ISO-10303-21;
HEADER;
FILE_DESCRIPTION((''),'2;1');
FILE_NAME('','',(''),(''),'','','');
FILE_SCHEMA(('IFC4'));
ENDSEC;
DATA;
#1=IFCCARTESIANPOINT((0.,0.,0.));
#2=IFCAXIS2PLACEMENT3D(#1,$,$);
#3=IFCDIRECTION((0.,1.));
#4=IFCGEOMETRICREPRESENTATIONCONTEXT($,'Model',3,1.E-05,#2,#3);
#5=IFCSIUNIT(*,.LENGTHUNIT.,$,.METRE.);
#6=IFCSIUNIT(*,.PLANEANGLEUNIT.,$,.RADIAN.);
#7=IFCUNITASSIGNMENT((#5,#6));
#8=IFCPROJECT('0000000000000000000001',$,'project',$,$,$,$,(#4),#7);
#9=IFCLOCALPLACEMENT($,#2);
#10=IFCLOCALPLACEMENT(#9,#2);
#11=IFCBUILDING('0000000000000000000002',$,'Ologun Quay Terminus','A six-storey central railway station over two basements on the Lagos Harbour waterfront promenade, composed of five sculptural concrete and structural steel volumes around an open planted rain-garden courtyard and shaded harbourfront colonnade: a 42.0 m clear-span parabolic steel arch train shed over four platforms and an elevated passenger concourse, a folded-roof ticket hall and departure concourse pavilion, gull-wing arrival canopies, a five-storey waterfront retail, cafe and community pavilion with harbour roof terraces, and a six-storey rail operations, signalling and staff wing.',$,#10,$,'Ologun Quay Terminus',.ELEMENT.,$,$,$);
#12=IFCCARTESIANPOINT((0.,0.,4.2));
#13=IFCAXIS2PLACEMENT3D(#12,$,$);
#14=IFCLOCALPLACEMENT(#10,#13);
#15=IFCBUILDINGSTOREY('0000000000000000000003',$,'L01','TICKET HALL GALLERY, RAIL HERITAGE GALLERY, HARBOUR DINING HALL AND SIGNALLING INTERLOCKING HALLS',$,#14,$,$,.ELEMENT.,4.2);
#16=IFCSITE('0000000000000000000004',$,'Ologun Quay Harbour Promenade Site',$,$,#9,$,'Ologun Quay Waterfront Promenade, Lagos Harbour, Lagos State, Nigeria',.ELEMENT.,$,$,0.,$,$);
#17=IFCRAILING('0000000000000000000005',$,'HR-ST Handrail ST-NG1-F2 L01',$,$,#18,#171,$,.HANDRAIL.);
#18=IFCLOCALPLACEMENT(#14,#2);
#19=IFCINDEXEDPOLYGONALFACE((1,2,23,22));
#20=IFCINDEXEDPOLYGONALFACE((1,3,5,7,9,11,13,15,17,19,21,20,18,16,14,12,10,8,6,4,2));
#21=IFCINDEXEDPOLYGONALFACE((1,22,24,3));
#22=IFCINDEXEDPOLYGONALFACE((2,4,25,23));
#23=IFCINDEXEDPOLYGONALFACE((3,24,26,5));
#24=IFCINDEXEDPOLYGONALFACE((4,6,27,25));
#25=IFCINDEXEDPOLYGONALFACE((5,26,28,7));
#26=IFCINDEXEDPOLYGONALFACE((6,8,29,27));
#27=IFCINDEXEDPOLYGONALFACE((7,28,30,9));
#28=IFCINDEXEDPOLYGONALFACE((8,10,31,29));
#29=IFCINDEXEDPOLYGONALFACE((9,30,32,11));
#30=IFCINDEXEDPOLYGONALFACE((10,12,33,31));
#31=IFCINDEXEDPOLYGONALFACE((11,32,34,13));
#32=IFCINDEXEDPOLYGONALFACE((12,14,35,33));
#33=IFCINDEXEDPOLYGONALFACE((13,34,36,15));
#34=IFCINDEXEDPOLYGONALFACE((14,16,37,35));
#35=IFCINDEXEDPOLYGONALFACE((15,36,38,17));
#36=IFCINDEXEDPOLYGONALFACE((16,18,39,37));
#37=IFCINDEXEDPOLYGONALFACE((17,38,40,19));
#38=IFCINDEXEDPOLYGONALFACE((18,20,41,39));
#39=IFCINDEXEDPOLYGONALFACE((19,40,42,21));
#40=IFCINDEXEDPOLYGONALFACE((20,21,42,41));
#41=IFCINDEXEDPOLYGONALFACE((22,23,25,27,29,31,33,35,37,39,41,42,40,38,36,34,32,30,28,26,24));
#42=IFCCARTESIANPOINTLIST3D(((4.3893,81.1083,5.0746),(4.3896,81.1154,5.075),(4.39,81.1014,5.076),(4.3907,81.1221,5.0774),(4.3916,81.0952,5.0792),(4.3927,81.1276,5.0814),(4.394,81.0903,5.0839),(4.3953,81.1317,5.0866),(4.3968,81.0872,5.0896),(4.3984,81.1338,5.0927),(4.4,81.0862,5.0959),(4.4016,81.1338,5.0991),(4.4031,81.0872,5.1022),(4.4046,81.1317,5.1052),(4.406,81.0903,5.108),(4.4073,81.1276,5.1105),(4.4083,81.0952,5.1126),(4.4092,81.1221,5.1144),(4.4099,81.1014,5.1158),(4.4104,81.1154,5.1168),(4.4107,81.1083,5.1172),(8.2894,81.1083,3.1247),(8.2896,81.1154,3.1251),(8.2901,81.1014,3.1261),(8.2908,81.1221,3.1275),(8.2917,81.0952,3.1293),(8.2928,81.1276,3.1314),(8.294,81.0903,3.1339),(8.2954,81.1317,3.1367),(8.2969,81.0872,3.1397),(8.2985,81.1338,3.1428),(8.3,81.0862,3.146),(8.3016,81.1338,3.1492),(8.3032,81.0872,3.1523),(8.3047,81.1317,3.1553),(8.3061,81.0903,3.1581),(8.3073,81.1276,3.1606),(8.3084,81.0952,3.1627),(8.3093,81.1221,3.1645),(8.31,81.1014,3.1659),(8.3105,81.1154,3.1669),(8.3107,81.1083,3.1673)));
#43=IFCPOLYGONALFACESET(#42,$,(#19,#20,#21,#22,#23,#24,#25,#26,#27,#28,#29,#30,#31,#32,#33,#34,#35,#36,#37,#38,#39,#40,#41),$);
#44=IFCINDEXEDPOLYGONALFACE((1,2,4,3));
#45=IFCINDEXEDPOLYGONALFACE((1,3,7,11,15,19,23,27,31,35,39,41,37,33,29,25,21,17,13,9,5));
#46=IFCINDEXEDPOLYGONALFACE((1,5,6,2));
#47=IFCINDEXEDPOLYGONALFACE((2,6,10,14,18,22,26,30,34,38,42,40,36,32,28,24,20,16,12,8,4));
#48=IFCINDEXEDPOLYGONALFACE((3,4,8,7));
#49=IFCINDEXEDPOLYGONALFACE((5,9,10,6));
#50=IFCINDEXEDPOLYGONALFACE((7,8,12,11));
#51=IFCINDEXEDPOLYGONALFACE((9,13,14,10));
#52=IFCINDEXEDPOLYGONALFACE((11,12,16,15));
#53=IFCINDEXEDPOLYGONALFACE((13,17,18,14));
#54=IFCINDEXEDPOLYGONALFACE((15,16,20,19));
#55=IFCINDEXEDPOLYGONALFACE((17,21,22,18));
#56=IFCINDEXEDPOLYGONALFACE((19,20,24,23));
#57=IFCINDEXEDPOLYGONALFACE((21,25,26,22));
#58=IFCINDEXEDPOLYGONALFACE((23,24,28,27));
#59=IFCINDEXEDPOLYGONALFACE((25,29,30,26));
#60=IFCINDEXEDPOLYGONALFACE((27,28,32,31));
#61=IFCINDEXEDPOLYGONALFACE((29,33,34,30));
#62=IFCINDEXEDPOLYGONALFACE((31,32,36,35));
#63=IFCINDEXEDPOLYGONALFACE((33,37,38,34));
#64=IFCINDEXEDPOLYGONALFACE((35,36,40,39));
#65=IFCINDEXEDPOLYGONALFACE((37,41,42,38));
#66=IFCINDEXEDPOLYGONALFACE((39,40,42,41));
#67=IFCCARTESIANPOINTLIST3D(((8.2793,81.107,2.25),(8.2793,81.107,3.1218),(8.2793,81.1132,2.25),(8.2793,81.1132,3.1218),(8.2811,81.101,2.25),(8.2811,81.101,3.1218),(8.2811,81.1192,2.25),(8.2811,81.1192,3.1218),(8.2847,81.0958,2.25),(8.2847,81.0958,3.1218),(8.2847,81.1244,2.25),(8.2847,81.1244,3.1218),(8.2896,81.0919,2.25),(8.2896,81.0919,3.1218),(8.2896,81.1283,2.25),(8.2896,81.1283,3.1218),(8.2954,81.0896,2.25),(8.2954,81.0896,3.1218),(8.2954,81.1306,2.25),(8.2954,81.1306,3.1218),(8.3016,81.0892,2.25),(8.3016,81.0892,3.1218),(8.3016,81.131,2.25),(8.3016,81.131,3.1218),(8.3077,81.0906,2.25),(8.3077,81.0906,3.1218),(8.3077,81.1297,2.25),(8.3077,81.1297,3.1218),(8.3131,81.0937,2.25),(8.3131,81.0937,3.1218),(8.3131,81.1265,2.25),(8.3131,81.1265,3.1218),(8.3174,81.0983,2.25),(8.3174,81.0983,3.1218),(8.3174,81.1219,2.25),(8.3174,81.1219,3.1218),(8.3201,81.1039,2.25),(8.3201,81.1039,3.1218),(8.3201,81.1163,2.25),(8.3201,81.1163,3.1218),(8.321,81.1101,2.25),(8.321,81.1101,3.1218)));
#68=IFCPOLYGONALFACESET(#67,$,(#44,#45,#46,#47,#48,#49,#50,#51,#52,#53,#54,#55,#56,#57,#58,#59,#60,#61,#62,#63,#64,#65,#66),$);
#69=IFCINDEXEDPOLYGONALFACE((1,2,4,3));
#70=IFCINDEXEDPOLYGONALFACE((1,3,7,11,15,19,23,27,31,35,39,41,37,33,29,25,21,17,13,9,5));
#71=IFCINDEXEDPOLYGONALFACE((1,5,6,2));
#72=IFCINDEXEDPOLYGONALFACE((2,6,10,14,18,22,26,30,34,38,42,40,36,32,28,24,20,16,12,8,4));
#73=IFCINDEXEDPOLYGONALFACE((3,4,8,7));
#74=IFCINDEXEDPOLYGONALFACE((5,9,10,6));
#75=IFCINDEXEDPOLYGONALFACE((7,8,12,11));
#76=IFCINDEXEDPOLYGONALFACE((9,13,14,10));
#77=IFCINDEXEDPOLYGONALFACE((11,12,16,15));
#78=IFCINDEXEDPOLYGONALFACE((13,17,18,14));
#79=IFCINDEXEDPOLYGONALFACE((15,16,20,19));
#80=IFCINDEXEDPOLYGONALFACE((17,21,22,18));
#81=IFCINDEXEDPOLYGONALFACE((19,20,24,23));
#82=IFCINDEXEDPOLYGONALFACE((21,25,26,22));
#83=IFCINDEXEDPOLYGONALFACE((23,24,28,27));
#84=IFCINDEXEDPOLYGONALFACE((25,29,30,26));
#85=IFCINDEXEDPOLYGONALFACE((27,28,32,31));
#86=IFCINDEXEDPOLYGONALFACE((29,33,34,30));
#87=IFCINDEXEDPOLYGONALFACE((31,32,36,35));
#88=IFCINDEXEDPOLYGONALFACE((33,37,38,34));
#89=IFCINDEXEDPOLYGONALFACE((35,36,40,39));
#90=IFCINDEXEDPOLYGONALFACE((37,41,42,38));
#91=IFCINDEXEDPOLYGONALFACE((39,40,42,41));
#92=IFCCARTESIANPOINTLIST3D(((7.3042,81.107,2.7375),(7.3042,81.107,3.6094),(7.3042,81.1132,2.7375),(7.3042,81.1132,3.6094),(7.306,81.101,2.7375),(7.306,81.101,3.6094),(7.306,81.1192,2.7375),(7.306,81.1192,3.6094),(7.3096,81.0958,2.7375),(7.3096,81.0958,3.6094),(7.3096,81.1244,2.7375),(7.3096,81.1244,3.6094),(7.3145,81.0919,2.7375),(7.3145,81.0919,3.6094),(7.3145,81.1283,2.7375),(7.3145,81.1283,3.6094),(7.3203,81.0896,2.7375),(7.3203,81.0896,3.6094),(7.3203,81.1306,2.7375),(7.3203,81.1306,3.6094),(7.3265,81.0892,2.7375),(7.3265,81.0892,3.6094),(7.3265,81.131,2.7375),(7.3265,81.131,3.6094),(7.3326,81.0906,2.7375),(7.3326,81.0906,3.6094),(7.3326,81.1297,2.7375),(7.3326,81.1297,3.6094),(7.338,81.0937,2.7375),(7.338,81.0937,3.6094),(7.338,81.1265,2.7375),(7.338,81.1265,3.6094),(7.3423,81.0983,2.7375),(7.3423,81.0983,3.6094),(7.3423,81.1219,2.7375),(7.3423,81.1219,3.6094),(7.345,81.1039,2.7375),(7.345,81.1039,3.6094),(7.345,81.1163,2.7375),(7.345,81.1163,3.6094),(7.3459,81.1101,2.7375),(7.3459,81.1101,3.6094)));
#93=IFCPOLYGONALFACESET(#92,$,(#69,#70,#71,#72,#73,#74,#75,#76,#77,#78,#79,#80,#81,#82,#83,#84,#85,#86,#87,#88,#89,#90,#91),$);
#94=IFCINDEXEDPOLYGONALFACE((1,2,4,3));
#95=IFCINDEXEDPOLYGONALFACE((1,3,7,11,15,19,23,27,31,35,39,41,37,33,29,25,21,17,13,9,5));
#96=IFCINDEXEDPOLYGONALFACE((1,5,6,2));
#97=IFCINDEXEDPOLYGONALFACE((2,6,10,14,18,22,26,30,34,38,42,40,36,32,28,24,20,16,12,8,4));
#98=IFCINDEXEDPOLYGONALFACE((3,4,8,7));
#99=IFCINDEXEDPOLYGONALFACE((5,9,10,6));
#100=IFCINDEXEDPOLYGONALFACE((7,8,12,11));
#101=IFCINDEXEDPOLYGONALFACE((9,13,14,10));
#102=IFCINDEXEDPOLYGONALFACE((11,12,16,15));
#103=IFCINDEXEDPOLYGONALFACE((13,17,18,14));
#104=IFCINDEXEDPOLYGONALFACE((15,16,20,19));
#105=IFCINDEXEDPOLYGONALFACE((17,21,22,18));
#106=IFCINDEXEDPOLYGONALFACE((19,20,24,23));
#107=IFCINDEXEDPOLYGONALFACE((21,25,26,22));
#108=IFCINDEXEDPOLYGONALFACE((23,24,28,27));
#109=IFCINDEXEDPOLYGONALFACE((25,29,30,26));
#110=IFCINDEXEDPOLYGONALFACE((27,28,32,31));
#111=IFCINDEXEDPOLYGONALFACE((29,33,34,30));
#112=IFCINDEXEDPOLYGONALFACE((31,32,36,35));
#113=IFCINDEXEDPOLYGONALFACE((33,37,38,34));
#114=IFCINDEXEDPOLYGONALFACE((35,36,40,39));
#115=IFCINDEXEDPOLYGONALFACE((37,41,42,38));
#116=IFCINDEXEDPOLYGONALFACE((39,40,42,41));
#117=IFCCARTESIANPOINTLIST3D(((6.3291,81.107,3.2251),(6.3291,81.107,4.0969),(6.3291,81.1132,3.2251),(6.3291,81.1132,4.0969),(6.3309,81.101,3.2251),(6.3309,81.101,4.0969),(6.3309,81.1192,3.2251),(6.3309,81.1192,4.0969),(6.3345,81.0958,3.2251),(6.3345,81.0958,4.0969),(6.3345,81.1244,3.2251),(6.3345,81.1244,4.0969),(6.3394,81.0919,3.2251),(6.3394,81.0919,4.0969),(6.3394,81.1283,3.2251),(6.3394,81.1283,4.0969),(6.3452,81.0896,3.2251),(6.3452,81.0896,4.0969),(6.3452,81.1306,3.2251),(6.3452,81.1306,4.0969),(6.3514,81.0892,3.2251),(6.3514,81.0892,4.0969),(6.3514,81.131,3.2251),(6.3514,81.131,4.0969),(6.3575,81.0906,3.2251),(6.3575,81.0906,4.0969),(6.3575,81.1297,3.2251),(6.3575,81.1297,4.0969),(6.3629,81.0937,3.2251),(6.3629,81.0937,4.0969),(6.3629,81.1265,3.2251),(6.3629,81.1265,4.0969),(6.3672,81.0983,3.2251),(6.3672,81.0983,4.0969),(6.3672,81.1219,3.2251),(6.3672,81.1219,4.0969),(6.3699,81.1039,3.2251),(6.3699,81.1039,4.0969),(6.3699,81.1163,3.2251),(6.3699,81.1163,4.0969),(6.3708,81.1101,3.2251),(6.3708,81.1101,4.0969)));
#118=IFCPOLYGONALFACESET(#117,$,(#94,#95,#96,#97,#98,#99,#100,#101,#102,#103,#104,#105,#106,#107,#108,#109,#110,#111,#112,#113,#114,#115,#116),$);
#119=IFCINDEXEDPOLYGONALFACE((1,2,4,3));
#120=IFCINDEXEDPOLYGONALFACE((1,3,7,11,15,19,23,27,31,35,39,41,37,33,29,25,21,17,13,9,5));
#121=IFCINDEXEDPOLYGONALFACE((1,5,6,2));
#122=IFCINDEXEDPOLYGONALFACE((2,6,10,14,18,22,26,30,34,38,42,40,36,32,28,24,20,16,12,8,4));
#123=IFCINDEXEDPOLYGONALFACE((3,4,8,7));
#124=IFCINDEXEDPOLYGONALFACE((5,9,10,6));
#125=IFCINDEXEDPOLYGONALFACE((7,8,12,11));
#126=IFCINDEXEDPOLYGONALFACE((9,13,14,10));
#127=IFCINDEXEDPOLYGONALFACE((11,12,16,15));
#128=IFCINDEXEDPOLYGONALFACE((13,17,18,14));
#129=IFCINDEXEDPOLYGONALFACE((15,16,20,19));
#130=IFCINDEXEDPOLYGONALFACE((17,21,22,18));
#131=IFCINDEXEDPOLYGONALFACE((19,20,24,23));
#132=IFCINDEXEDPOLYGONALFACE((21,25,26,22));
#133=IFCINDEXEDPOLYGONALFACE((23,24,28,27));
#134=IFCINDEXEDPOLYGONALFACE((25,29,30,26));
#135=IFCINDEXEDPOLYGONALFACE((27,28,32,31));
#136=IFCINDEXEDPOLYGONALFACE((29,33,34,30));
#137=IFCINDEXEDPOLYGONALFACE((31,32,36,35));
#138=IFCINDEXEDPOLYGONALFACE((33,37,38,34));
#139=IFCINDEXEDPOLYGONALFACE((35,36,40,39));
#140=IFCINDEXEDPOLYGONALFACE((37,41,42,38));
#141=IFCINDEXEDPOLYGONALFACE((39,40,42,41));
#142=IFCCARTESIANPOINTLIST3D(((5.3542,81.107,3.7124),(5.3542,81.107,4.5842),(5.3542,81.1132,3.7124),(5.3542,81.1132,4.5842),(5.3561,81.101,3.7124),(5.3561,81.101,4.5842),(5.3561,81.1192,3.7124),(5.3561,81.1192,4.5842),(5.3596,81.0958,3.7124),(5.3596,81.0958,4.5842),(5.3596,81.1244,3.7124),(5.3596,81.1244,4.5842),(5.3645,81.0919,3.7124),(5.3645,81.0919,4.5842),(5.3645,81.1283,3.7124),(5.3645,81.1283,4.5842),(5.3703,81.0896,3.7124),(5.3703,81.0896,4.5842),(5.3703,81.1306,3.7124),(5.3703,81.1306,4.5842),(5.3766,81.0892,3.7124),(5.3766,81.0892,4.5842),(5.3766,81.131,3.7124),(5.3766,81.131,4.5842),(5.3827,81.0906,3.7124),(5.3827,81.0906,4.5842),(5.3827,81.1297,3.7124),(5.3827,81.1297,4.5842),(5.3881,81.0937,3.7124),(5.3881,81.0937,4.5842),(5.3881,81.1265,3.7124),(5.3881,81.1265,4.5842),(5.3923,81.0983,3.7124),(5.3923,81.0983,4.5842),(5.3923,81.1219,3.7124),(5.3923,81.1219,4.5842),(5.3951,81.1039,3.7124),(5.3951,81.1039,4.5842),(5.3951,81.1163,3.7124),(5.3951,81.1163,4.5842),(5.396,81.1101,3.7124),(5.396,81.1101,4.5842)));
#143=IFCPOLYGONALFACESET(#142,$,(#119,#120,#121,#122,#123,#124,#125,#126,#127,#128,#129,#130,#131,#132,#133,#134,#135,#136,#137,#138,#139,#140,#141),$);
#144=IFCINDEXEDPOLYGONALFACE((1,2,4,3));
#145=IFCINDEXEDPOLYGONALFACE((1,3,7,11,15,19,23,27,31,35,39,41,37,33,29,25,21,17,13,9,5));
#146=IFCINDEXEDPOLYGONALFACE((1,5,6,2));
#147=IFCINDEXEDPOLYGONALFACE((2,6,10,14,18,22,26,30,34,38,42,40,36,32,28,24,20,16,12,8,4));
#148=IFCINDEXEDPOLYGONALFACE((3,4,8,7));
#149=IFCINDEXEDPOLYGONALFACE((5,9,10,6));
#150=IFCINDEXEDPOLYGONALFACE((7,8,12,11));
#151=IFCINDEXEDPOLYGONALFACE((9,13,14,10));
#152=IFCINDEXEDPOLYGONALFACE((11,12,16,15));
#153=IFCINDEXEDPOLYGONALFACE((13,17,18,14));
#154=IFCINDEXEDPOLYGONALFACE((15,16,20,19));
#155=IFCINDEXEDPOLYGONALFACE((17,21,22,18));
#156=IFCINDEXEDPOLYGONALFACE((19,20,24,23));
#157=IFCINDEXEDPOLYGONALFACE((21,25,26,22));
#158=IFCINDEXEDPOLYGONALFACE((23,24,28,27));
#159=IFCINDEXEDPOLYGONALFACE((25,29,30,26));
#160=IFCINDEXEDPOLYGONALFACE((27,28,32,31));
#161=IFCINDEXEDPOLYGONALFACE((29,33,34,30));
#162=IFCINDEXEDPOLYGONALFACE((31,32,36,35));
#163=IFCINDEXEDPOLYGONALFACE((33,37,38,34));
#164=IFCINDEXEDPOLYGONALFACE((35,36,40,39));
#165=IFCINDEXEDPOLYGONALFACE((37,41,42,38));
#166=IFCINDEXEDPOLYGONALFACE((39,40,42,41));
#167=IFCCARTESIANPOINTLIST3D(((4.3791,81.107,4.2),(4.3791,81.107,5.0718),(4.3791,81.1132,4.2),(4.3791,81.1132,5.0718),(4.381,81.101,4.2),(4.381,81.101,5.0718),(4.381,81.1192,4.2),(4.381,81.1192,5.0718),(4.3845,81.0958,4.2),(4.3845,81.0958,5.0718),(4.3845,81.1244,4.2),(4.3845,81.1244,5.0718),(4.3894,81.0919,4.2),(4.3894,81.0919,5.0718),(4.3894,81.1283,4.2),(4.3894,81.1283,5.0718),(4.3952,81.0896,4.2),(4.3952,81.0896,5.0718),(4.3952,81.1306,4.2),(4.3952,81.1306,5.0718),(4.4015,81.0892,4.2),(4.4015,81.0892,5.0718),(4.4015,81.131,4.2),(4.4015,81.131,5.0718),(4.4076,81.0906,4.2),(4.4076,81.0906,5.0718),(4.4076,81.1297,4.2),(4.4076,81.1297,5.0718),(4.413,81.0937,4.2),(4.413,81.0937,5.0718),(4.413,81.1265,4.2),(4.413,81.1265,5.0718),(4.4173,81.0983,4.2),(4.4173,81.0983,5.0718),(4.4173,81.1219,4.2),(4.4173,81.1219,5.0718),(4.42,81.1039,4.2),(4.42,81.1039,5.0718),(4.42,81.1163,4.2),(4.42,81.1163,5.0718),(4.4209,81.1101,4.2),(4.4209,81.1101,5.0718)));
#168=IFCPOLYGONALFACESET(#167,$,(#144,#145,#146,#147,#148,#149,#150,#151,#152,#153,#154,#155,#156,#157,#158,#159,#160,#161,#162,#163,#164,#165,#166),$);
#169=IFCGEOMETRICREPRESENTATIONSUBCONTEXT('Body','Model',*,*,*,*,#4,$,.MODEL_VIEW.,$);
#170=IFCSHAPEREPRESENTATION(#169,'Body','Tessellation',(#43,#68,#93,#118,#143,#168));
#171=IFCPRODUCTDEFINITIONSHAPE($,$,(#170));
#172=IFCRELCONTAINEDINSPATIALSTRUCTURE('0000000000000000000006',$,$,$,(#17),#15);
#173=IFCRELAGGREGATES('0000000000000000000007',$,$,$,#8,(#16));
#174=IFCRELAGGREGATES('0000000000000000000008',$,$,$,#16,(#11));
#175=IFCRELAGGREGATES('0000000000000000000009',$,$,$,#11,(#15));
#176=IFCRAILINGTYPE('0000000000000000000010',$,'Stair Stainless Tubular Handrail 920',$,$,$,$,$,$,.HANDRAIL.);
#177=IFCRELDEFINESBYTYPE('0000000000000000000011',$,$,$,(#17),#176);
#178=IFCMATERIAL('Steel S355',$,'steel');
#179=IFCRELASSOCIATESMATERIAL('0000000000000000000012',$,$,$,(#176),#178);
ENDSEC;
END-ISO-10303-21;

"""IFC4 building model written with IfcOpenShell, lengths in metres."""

from ifc_helpers import new_model, si_unit, direction, frame, origin, origin_2d, place, context, subcontext, project, spatial, circle, extrude, material, type_object, element, save


model = new_model("IFC4")

# Units and contexts
model_context = context("Model", 3, precision=1e-05, world=origin(), true_north=direction((0.0, 1.0)))
body_context = subcontext(model_context, "Body", "Model", "MODEL_VIEW")
ifc_project = project(units=[si_unit("LENGTHUNIT", "METRE"), si_unit("PLANEANGLEUNIT", "RADIAN")], contexts=[model_context])

# Site, building, storey
site_placement = place(None, origin())
site = spatial("IfcSite", under=ifc_project, at=site_placement, Name="Ologun Quay Harbour Promenade Site", LongName="Ologun Quay Waterfront Promenade, Lagos Harbour, Lagos State, Nigeria", CompositionType="ELEMENT", RefElevation=0.0)
building_placement = place(site_placement, origin())
building = spatial("IfcBuilding", under=site, at=building_placement, Name="Ologun Quay Terminus", Description="A six-storey central railway station over two basements on the Lagos Harbour waterfront promenade, composed of five sculptural concrete and structural steel volumes around an open planted rain-garden courtyard and shaded harbourfront colonnade: a 42.0 m clear-span parabolic steel arch train shed over four platforms and an elevated passenger concourse, a folded-roof ticket hall and departure concourse pavilion, gull-wing arrival canopies, a five-storey waterfront retail, cafe and community pavilion with harbour roof terraces, and a six-storey rail operations, signalling and staff wing.", LongName="Ologun Quay Terminus", CompositionType="ELEMENT")
storey_placement = place(building_placement, frame((0.0, 0.0, 4.2)))
storey = spatial("IfcBuildingStorey", under=building, at=storey_placement, Name="L01", Description="TICKET HALL GALLERY, RAIL HERITAGE GALLERY, HARBOUR DINING HALL AND SIGNALLING INTERLOCKING HALLS", CompositionType="ELEMENT", Elevation=4.2)

# Railing
ifc_material_1 = material(Name="Steel S355", Category="steel")
railing_type_1 = type_object("IfcRailingType", Name="Stair Stainless Tubular Handrail 920", PredefinedType="HANDRAIL", material=ifc_material_1)
railing_1_placement = place(storey_placement, frame((8.3, 81.1101, 2.25)))
element("IfcRailing", 1, at=railing_1_placement, inside=storey, type_object=railing_type_1, Name="HR-ST Handrail ST-NG1-F2 L01", PredefinedType="HANDRAIL", context=body_context, shape_type="SweptSolid", body=[
    extrude(circle(Radius=0.0239, at=origin_2d()), frame((0.0, 0.0, 0.896), z_axis=(-0.894438, 0.0, 0.447191), x_axis=(0.0, -1.0, 0.0)), (0.0, 0.0, 1.0), 4.3604),
    extrude(circle(Radius=0.021, at=origin_2d()), origin(), (0.0, 0.0, 1.0), 0.8718),
    extrude(circle(Radius=0.021, at=origin_2d()), frame((-0.9751, 0.0, 0.4875)), (0.0, 0.0, 1.0), 0.8718),
    extrude(circle(Radius=0.021, at=origin_2d()), frame((-1.9502, 0.0, 0.9751)), (0.0, 0.0, 1.0), 0.8718),
    extrude(circle(Radius=0.021, at=origin_2d()), frame((-2.925, 0.0, 1.4624)), (0.0, 0.0, 1.0), 0.8718),
    extrude(circle(Radius=0.021, at=origin_2d()), frame((-3.9001, 0.0, 1.95)), (0.0, 0.0, 1.0), 0.8718),
])

save(model, "model.ifc")
